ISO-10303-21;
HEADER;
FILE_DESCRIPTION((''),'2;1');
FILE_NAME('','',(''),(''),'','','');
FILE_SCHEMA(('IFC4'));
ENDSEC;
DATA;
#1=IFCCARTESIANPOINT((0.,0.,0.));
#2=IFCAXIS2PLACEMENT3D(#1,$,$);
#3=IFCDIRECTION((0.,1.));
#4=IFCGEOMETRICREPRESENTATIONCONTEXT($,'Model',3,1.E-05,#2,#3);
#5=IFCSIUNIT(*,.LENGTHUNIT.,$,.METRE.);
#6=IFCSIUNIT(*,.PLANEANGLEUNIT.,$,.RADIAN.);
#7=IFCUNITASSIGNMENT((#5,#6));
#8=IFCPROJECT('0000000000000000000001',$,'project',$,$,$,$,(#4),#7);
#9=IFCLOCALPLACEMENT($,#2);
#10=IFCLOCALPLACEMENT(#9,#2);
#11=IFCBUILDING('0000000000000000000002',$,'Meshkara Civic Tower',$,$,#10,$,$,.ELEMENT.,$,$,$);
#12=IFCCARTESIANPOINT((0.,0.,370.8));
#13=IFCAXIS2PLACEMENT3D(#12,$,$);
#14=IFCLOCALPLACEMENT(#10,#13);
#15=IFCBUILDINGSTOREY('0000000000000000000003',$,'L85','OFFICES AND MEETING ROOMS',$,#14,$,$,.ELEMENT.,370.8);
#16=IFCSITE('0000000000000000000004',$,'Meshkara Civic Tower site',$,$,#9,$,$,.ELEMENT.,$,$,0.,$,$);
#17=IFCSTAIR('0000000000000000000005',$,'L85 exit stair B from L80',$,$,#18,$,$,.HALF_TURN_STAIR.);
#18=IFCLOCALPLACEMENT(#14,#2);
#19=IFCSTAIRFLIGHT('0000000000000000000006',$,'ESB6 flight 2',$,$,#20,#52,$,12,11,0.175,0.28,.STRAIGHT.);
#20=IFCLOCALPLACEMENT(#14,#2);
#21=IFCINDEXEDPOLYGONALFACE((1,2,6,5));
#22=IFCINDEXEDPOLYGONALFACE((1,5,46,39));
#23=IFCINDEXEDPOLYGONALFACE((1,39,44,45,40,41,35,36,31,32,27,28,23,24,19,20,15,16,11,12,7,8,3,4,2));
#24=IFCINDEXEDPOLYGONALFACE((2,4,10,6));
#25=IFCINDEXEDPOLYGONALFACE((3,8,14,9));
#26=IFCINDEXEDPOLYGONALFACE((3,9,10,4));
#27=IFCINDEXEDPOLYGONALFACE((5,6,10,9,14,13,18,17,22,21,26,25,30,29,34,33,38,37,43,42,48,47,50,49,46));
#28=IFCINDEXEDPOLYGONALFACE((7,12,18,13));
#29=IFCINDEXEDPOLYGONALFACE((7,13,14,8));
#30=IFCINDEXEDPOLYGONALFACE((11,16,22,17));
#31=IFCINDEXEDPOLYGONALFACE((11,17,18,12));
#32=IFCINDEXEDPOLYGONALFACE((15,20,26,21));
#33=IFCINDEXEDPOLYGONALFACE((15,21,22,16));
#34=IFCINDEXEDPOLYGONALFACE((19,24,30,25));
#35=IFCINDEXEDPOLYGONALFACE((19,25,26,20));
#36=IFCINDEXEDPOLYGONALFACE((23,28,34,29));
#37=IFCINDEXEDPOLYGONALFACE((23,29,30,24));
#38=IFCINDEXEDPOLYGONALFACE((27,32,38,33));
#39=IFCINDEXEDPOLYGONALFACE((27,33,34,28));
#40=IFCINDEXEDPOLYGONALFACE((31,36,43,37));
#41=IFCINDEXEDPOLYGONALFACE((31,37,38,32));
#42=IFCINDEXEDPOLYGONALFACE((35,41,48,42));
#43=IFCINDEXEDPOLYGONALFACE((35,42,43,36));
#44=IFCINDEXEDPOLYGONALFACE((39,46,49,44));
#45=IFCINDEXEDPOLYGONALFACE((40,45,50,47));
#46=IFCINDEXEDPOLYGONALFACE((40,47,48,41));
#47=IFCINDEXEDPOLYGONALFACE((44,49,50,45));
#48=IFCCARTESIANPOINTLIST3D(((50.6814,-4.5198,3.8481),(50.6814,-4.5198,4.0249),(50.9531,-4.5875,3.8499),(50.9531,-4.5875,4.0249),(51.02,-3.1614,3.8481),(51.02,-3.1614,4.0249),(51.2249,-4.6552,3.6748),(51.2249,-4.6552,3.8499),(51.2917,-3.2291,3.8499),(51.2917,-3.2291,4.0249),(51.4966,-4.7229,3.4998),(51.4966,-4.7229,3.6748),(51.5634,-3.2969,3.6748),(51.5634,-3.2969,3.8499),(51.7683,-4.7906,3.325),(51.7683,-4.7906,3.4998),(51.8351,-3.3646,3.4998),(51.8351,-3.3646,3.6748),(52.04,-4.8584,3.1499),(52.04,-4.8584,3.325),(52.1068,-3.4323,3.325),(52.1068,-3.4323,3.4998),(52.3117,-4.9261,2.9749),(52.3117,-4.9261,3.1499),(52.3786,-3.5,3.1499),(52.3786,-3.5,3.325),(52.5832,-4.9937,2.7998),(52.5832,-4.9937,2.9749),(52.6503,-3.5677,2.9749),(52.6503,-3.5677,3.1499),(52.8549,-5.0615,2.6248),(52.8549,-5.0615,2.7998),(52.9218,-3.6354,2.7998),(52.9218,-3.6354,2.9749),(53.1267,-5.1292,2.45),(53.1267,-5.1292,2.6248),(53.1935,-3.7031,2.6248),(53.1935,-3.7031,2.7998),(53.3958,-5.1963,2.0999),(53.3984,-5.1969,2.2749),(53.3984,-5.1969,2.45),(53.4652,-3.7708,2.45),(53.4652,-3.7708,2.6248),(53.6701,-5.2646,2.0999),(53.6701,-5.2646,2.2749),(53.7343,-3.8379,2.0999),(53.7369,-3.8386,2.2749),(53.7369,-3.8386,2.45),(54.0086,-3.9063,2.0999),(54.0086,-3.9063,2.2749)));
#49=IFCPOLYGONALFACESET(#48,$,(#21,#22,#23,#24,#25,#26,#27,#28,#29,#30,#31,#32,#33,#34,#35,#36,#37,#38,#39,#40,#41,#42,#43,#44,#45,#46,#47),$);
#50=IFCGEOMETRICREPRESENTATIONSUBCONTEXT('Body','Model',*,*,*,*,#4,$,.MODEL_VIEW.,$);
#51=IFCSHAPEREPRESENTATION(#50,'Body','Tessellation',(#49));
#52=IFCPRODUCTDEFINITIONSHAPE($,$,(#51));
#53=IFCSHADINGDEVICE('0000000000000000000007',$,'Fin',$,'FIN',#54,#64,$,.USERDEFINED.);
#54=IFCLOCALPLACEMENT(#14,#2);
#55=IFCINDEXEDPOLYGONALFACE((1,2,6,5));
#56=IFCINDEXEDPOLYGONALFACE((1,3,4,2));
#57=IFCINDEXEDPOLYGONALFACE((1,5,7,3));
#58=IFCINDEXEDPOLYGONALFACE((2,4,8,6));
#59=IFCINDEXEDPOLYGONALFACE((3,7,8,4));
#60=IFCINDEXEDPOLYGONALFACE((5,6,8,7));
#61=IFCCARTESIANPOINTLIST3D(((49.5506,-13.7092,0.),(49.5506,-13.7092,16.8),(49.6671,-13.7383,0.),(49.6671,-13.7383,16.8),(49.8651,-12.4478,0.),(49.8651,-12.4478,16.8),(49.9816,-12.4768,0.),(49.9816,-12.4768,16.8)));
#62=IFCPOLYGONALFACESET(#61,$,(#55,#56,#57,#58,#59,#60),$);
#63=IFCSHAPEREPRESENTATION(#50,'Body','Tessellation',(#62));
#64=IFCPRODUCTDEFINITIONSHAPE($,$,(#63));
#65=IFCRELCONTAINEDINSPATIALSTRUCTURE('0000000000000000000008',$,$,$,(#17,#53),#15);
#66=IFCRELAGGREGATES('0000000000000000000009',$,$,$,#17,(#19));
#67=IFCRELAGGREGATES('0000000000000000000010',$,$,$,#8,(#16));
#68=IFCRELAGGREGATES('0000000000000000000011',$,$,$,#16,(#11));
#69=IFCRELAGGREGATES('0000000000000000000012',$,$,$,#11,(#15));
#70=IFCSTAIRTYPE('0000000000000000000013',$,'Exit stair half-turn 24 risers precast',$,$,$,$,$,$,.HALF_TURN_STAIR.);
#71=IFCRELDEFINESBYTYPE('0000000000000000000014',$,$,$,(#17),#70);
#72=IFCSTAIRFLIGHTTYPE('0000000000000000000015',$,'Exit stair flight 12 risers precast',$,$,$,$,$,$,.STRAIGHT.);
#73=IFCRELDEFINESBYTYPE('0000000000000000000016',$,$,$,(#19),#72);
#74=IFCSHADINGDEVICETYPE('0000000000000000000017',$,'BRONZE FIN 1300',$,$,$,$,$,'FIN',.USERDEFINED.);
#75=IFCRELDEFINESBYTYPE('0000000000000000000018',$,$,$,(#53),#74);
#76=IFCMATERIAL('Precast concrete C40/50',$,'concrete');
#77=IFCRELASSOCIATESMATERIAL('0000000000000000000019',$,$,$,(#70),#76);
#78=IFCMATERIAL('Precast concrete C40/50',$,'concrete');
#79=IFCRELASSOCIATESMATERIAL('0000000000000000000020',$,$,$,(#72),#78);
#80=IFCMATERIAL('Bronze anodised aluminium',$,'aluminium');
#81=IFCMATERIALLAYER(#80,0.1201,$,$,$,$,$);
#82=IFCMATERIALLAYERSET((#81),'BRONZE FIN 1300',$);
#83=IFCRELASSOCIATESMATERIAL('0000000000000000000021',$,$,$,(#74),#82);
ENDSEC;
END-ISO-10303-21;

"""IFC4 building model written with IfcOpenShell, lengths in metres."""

from ifc_helpers import new_model, si_unit, direction, frame, origin, origin_2d, place, context, subcontext, project, spatial, polyline, rectangle, outline, extrude, material, layer, layer_set, type_object, element, aggregate, save


model = new_model("IFC4")

# Units and contexts
model_context = context("Model", 3, precision=1e-05, world=origin(), true_north=direction((0.0, 1.0)))
body_context = subcontext(model_context, "Body", "Model", "MODEL_VIEW")
ifc_project = project(units=[si_unit("LENGTHUNIT", "METRE"), si_unit("PLANEANGLEUNIT", "RADIAN")], contexts=[model_context])

# Site, building, storey
site_placement = place(None, origin())
site = spatial("IfcSite", under=ifc_project, at=site_placement, Name="Meshkara Civic Tower site", CompositionType="ELEMENT", RefElevation=0.0)
building_placement = place(site_placement, origin())
building = spatial("IfcBuilding", under=site, at=building_placement, Name="Meshkara Civic Tower", CompositionType="ELEMENT")
storey_placement = place(building_placement, frame((0.0, 0.0, 370.8)))
storey = spatial("IfcBuildingStorey", under=building, at=storey_placement, Name="L85", Description="OFFICES AND MEETING ROOMS", CompositionType="ELEMENT", Elevation=370.8)

# Stair, stair flight
ifc_material_1 = material(Name="Precast concrete C40/50", Category="concrete")
stair_type = type_object("IfcStairType", Name="Exit stair half-turn 24 risers precast", PredefinedType="HALF_TURN_STAIR", material=ifc_material_1)
stair_placement = place(storey_placement, origin())
stair = element("IfcStair", 1, at=stair_placement, inside=storey, type_object=stair_type, Name="L85 exit stair B from L80", PredefinedType="HALF_TURN_STAIR")
ifc_material_2 = material(Name="Precast concrete C40/50", Category="concrete")
stair_flight_type = type_object("IfcStairFlightType", Name="Exit stair flight 12 risers precast", PredefinedType="STRAIGHT", material=ifc_material_2)
stair_flight_1_placement = place(storey_placement, frame((53.8394, -4.5854, 2.0999), z_axis=(0.0, 0.0, 1.0), x_axis=(-0.970319, 0.24183, 0.0)))
stair_flight_1 = element("IfcStairFlight", 2, at=stair_flight_1_placement, type_object=stair_flight_type, Name="ESB6 flight 2", NumberOfRisers=12, NumberOfTreads=11, PredefinedType="STRAIGHT", RiserHeight=0.175, TreadLength=0.28, context=body_context, shape_type="SweptSolid", body=[
    extrude(outline(polyline([(0.0, 0.0), (0.0, 0.175), (0.28, 0.175), (0.28, 0.3501), (0.5601, 0.3501), (0.5601, 0.5249), (0.8401, 0.5249), (0.8401, 0.7), (1.1201, 0.7), (1.1201, 0.875), (1.3999, 0.875), (1.3999, 1.05), (1.6799, 1.05), (1.6799, 1.2251), (1.96, 1.2251), (1.96, 1.3999), (2.24, 1.3999), (2.24, 1.575), (2.52, 1.575), (2.52, 1.75), (2.8, 1.75), (2.8, 1.925), (3.0801, 1.925), (3.0801, 2.1001), (3.0801, 1.7483), (0.2827, 0.0), (0.0, 0.0)])), frame((0.0, 0.7, 0.0), z_axis=(0.0, -1.0, 0.0), x_axis=(1.0, 0.0, 0.0)), (0.0, 0.0, 1.0), 1.3999),
])
aggregate(stair, [stair_flight_1])

# Shading device
ifc_material_3 = material(Name="Bronze anodised aluminium", Category="aluminium")
ifc_layer_1 = layer(ifc_material_3, 0.1201)
ifc_layer_set_1 = layer_set([ifc_layer_1], Name="BRONZE FIN 1300")
shading_device_type = type_object("IfcShadingDeviceType", Name="BRONZE FIN 1300", ElementType="FIN", PredefinedType="USERDEFINED", material=ifc_layer_set_1)
shading_device_placement = place(storey_placement, frame((49.7661, -13.093, 0.0), z_axis=(0.0, 0.0, 1.0), x_axis=(0.970296, -0.241922, 0.0)))
element("IfcShadingDevice", 3, at=shading_device_placement, inside=storey, type_object=shading_device_type, Name="Fin", ObjectType="FIN", PredefinedType="USERDEFINED", context=body_context, shape_type="SweptSolid", body=[
    extrude(rectangle(XDim=0.1201, YDim=1.3, at=origin_2d()), origin(), (0.0, 0.0, 1.0), 16.8),
])

save(model, "model.ifc")
